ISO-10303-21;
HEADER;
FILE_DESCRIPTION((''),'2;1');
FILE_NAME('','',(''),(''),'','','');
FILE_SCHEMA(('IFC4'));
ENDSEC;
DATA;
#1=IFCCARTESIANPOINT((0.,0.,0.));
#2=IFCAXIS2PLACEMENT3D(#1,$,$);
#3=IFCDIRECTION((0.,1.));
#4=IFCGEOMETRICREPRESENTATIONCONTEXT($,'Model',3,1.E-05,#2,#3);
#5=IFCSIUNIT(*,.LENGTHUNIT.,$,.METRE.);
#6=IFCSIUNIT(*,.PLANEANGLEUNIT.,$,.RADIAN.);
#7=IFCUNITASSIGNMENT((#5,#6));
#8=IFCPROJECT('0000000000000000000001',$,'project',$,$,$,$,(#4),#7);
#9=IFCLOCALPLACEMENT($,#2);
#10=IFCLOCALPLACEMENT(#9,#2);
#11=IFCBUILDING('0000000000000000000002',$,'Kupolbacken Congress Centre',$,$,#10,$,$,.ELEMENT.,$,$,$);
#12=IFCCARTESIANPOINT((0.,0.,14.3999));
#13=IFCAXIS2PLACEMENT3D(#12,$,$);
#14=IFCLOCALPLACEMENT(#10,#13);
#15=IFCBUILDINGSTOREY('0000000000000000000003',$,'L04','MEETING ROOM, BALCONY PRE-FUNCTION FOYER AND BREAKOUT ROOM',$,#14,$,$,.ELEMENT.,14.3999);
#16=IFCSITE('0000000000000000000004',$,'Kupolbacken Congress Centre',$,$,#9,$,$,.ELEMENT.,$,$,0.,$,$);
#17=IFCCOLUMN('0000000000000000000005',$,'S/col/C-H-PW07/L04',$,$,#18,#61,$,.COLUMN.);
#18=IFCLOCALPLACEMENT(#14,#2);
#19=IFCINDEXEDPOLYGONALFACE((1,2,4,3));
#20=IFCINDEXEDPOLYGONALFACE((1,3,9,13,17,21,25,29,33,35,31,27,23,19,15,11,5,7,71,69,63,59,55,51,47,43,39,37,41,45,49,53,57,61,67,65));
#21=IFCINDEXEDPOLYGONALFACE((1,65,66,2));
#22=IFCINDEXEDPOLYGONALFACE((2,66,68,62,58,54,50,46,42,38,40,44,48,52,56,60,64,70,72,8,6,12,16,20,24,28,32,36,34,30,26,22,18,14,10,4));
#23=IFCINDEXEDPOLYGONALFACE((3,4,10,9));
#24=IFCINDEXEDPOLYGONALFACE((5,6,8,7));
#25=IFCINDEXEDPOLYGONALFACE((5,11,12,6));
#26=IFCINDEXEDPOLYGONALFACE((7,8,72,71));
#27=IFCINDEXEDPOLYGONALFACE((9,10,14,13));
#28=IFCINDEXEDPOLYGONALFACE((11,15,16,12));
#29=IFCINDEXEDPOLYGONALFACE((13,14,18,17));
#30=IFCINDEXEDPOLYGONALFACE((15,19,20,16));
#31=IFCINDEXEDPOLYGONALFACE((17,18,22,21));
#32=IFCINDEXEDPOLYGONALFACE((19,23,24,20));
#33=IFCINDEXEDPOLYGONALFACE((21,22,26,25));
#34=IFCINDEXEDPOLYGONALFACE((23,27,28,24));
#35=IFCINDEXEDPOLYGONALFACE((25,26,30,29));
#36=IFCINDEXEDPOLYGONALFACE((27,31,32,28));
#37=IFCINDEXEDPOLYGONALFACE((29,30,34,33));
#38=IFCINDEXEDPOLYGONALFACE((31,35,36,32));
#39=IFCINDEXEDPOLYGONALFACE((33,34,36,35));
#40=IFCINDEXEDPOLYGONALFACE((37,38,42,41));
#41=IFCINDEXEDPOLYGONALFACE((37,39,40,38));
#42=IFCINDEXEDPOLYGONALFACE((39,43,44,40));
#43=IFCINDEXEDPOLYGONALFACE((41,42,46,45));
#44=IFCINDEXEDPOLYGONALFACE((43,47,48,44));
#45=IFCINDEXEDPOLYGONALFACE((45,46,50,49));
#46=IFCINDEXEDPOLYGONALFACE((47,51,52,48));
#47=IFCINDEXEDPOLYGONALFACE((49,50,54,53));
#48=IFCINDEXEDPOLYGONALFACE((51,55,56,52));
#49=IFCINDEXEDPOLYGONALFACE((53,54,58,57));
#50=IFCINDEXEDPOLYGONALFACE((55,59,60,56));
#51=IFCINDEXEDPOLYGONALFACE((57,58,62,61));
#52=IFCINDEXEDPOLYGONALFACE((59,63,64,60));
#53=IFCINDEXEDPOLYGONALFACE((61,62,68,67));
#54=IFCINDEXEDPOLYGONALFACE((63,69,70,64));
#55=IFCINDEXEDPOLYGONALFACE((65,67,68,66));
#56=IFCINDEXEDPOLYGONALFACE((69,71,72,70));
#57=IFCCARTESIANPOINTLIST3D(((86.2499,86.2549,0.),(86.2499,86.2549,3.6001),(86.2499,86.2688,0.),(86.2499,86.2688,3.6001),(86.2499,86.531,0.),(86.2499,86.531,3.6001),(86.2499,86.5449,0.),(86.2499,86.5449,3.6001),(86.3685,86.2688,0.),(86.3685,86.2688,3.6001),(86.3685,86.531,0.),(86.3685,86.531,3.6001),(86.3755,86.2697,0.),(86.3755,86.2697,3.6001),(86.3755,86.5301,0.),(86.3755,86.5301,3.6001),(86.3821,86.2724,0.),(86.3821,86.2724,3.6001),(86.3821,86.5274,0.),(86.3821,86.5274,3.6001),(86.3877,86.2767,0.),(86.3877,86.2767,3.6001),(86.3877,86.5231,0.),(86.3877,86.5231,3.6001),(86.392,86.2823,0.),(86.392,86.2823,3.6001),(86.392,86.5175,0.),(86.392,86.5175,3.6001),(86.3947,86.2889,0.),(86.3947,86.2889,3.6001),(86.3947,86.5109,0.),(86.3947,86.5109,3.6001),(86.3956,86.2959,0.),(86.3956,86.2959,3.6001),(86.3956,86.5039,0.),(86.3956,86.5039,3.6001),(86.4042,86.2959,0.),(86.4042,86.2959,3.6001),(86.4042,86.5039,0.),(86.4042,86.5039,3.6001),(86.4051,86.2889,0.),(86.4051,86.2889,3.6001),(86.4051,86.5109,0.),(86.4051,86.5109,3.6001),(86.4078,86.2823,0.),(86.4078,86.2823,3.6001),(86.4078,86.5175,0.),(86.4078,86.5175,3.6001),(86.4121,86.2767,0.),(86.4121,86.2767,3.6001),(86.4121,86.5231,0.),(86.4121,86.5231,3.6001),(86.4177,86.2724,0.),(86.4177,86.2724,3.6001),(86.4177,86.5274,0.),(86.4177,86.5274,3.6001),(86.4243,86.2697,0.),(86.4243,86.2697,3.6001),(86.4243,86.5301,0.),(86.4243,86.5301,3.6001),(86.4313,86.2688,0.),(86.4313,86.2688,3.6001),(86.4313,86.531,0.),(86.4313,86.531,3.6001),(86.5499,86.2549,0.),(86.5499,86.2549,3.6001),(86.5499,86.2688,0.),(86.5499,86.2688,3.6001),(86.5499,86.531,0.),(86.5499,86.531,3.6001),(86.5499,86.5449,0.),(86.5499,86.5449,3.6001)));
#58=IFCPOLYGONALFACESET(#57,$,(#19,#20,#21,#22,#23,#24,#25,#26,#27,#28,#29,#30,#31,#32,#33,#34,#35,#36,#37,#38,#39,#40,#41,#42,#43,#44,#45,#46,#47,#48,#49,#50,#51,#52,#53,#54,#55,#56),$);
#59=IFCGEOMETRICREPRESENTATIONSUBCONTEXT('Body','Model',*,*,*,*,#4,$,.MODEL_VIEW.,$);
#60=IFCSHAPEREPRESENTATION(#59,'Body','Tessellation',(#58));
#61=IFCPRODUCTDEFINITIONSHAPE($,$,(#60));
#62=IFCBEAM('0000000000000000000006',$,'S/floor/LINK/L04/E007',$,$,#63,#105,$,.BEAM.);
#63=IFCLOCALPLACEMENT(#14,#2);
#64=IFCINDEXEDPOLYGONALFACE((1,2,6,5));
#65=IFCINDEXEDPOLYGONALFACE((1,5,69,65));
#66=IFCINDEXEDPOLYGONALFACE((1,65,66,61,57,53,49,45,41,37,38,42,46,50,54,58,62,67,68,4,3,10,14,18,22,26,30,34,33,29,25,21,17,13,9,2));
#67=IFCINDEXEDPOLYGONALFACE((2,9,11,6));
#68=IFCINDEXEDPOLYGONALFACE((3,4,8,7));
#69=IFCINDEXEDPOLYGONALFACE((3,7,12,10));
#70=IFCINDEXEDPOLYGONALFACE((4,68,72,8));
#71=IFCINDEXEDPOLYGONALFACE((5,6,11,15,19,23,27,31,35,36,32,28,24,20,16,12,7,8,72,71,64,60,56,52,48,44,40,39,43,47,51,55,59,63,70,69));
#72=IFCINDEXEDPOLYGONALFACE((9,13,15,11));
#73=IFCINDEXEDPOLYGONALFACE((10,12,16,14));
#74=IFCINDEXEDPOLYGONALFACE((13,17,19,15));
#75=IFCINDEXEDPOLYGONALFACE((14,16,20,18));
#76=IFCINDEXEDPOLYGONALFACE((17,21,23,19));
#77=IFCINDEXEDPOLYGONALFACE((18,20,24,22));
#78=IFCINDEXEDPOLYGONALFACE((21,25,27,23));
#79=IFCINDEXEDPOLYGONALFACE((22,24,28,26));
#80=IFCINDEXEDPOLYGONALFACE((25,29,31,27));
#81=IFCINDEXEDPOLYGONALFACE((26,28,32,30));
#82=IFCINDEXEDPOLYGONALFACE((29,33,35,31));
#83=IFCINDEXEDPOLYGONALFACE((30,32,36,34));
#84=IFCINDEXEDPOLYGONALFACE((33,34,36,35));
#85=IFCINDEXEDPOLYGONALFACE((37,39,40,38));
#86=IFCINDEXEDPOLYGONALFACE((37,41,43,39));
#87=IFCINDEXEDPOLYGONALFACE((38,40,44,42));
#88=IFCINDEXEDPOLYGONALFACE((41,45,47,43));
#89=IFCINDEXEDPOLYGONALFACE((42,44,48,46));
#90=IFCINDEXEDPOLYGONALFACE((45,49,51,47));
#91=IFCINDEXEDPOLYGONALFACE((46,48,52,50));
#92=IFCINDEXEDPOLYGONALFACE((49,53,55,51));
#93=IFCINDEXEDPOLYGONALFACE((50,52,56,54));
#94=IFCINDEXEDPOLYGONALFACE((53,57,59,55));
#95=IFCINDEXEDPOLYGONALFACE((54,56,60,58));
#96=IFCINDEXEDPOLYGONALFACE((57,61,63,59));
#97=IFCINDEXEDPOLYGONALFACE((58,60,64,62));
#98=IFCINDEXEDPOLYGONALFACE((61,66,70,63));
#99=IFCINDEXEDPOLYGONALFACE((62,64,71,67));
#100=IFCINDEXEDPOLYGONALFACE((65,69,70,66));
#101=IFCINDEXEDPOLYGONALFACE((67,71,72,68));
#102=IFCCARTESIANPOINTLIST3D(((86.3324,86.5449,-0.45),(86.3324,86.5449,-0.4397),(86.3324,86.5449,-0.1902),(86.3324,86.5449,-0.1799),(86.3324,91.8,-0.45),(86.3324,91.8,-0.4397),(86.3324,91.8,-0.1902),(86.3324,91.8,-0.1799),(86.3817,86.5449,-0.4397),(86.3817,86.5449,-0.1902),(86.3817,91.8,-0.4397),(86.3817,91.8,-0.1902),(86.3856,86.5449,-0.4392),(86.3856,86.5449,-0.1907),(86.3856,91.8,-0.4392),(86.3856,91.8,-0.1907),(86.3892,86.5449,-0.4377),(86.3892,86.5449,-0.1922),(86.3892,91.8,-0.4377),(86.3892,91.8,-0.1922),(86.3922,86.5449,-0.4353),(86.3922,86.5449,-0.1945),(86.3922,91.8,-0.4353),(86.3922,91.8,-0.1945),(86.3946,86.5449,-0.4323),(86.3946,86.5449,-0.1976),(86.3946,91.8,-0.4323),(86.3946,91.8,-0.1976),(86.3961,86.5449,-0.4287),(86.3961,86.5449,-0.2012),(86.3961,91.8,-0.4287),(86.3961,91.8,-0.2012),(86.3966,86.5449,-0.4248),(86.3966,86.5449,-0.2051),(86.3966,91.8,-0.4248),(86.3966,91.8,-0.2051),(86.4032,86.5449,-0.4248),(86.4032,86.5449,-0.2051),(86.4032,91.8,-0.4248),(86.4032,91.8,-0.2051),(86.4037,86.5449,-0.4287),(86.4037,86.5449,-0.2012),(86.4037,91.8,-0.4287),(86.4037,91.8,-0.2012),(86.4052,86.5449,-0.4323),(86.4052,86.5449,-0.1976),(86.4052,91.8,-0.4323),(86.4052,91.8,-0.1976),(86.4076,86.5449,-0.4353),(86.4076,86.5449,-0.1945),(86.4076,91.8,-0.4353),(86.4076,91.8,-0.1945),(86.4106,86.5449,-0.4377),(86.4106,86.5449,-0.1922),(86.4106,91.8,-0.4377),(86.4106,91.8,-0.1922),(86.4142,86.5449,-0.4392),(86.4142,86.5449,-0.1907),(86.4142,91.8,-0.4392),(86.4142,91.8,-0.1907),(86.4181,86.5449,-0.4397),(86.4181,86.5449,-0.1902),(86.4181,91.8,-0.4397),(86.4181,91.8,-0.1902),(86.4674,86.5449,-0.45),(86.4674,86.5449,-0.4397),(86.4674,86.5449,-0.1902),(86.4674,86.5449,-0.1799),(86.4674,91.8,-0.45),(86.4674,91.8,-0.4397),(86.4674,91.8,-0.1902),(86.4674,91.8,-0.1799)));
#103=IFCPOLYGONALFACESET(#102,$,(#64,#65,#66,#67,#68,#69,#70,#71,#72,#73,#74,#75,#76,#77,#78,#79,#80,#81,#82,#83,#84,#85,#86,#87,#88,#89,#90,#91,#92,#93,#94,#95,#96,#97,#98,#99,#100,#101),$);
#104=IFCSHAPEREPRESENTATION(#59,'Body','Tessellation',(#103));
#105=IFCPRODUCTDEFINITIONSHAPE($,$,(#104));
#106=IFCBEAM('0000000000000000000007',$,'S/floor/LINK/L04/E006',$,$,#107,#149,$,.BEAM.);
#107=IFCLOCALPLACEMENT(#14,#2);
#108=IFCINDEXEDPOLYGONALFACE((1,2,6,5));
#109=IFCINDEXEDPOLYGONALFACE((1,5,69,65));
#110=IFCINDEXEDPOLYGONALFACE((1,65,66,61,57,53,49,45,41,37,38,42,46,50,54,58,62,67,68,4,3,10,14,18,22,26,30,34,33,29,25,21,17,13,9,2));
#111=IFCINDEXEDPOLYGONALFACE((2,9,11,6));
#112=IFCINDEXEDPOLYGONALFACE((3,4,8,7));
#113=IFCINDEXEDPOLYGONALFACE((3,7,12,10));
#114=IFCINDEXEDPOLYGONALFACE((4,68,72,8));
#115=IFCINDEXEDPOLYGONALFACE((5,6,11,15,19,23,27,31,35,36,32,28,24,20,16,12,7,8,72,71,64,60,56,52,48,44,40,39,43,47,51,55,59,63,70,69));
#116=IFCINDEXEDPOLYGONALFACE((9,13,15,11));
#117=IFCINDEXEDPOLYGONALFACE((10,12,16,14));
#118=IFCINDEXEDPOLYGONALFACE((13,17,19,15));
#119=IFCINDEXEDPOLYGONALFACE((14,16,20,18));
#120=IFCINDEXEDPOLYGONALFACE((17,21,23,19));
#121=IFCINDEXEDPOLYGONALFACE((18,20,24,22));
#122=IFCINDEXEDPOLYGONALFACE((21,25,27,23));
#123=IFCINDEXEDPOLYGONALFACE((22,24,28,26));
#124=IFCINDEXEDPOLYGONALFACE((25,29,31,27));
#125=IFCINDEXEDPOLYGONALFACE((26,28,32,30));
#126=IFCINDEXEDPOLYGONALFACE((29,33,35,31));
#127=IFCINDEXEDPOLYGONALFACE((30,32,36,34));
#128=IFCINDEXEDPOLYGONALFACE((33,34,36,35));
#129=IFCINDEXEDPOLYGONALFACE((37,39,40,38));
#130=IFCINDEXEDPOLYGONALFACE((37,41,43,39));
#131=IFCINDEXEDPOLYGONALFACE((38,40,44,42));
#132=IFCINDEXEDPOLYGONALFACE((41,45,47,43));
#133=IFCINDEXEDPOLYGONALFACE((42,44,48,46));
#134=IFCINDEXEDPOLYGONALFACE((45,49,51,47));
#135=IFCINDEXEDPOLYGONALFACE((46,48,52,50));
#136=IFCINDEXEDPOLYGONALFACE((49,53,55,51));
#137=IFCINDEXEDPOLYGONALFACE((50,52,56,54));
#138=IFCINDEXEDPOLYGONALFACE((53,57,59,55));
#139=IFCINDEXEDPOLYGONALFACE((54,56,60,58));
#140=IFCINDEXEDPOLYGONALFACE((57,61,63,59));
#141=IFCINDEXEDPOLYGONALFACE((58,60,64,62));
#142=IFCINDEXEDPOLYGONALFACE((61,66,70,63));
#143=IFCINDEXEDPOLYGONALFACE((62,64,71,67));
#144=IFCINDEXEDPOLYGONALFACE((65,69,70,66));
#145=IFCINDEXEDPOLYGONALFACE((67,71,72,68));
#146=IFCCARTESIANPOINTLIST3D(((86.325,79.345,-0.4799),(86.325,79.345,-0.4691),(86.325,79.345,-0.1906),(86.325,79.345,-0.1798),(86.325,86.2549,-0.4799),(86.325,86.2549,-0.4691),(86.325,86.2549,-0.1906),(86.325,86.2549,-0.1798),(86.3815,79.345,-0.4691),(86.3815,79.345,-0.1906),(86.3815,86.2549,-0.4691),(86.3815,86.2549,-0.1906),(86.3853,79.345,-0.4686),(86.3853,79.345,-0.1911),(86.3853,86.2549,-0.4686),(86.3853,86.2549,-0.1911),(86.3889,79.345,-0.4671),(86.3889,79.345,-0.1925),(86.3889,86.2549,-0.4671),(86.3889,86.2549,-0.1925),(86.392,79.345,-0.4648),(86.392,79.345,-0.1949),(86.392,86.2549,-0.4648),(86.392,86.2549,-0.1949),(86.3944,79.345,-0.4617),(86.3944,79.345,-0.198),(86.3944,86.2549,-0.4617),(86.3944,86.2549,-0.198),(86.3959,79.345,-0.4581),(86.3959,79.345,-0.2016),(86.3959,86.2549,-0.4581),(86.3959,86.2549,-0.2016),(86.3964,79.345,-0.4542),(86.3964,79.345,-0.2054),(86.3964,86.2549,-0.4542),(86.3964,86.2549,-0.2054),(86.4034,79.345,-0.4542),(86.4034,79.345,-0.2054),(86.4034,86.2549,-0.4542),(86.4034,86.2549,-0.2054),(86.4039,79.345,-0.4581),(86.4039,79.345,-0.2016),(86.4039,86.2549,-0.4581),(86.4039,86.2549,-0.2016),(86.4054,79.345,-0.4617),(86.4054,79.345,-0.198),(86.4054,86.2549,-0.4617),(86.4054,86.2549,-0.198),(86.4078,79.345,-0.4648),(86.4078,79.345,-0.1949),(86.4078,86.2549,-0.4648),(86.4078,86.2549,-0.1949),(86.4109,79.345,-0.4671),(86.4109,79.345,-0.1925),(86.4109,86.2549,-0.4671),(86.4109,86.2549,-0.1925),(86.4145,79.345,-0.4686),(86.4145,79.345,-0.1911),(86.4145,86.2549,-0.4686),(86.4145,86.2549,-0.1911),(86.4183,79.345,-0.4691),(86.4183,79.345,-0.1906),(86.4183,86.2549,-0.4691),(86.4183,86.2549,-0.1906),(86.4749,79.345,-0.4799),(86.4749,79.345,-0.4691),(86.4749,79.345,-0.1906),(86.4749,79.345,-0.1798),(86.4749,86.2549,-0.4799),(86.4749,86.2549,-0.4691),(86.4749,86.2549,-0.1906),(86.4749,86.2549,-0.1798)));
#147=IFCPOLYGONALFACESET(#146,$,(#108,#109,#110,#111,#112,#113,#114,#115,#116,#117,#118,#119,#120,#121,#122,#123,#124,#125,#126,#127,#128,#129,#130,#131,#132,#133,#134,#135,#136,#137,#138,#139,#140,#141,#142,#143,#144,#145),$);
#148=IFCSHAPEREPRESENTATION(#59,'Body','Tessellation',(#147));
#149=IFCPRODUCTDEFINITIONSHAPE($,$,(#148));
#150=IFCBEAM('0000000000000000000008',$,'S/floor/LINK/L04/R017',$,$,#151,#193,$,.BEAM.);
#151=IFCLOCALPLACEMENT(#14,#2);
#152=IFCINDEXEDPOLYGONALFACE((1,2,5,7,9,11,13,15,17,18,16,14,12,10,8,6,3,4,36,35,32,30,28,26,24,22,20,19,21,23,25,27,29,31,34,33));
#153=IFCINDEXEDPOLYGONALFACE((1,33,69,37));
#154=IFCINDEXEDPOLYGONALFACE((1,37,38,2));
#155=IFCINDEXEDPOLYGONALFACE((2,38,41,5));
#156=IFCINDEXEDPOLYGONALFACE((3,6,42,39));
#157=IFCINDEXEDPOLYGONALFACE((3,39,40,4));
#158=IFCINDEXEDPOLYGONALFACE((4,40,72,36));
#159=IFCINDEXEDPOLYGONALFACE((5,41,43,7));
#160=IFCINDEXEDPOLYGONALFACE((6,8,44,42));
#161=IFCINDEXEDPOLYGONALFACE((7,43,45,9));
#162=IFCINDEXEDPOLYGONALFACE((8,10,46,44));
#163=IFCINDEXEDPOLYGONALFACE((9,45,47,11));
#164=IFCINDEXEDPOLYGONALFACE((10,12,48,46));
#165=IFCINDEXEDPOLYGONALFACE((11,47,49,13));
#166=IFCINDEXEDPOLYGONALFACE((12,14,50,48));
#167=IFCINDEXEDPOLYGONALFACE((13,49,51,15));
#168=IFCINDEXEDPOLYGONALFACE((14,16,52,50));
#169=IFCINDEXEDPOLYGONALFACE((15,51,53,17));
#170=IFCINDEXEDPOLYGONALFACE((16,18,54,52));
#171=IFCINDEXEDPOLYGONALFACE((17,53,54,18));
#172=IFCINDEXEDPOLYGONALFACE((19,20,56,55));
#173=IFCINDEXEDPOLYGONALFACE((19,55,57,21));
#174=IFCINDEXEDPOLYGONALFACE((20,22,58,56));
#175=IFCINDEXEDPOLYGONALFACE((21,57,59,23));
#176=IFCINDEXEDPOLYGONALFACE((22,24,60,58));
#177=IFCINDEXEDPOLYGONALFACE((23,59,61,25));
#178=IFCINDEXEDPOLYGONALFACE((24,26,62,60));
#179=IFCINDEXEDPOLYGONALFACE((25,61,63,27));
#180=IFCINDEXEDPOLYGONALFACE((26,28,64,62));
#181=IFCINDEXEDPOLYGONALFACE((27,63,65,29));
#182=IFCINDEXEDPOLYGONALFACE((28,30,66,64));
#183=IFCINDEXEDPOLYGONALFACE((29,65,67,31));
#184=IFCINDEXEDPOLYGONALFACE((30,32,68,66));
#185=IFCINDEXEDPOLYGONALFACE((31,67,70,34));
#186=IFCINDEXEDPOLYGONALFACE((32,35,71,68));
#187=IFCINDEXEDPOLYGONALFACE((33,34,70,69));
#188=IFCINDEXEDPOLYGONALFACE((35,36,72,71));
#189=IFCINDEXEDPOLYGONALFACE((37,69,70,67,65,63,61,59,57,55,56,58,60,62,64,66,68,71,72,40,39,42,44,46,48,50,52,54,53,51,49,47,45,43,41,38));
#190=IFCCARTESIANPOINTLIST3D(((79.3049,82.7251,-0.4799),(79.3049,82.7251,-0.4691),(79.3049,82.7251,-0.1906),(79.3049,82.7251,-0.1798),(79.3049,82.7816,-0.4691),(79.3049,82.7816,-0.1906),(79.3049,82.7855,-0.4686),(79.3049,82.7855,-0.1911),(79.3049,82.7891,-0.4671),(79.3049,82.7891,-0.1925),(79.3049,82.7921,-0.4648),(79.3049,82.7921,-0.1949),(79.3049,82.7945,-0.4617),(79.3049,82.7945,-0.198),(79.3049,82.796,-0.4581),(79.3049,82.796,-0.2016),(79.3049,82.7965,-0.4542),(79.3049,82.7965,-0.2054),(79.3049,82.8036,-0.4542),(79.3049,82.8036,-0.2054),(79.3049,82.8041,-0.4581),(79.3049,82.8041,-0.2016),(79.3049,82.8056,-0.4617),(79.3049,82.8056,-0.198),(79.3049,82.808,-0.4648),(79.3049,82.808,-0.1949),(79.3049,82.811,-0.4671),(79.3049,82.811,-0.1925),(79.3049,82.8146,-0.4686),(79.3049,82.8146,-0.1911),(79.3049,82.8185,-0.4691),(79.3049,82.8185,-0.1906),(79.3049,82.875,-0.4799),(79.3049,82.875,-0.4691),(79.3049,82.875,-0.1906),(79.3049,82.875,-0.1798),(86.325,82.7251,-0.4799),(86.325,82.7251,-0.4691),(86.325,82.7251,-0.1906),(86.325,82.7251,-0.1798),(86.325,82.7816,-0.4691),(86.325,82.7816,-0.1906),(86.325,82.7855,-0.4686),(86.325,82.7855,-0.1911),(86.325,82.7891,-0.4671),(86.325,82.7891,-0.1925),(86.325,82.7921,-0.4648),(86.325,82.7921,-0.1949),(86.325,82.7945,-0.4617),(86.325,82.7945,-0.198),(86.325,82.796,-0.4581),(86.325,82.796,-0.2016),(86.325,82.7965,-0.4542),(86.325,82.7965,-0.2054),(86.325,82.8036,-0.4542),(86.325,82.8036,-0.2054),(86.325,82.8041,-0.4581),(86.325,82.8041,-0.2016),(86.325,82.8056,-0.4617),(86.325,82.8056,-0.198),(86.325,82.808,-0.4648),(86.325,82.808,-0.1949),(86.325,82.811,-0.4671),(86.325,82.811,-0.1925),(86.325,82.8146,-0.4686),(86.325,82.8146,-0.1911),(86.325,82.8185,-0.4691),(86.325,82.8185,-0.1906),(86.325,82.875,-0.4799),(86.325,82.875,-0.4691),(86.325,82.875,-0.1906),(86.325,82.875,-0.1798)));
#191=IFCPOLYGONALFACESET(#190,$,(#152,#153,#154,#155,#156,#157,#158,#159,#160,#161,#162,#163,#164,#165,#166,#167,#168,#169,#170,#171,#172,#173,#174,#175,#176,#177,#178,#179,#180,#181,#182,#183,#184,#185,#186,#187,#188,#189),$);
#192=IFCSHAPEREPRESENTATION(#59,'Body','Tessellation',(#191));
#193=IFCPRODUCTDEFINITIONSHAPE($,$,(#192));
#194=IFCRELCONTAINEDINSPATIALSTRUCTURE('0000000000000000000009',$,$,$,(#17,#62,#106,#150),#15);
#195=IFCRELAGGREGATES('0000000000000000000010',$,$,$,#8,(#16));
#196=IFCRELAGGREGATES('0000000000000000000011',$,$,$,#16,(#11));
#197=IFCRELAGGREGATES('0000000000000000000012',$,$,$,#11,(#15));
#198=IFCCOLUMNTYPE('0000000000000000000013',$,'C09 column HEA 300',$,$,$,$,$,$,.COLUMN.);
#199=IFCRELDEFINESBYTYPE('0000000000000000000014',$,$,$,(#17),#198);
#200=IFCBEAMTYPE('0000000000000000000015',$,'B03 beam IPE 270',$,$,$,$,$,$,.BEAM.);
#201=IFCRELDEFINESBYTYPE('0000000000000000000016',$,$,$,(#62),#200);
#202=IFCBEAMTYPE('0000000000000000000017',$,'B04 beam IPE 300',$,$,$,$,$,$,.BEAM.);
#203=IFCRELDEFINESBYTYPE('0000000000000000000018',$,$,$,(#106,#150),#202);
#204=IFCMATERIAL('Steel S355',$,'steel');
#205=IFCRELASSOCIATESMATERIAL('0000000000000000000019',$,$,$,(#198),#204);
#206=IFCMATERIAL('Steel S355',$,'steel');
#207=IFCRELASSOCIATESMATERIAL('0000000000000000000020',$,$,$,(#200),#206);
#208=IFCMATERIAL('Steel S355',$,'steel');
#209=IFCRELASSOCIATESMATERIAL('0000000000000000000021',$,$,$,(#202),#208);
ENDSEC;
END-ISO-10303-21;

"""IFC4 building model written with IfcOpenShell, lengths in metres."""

from ifc_helpers import new_model, si_unit, direction, frame, origin, origin_2d, place, context, subcontext, project, spatial, i_section, extrude, material, material_profile, profile_set, type_object, element, save


model = new_model("IFC4")

# Units and contexts
model_context = context("Model", 3, precision=1e-05, world=origin(), true_north=direction((0.0, 1.0)))
body_context = subcontext(model_context, "Body", "Model", "MODEL_VIEW")
ifc_project = project(units=[si_unit("LENGTHUNIT", "METRE"), si_unit("PLANEANGLEUNIT", "RADIAN")], contexts=[model_context])

# Site, building, storey
site_placement = place(None, origin())
site = spatial("IfcSite", under=ifc_project, at=site_placement, Name="Kupolbacken Congress Centre", CompositionType="ELEMENT", RefElevation=0.0)
building_placement = place(site_placement, origin())
building = spatial("IfcBuilding", under=site, at=building_placement, Name="Kupolbacken Congress Centre", CompositionType="ELEMENT")
storey_placement = place(building_placement, frame((0.0, 0.0, 14.3999)))
storey = spatial("IfcBuildingStorey", under=building, at=storey_placement, Name="L04", Description="MEETING ROOM, BALCONY PRE-FUNCTION FOYER AND BREAKOUT ROOM", CompositionType="ELEMENT", Elevation=14.3999)

# Column
ifc_material_1 = material(Name="Steel S355", Category="steel")
ifc_material_profile_1 = material_profile(ifc_material_1, i_section(OverallWidth=0.3, OverallDepth=0.29, WebThickness=0.0085, FlangeThickness=0.0139, FilletRadius=0.0271, at=origin_2d()), Name="HEA 300")
ifc_profile_set_1 = profile_set([ifc_material_profile_1], Name="Steel S355")
column_type = type_object("IfcColumnType", Name="C09 column HEA 300", PredefinedType="COLUMN", material=ifc_profile_set_1)
column_placement = place(storey_placement, frame((86.3999, 86.3999, 0.0), z_axis=(0.0, 0.0, 1.0), x_axis=(1.0, 0.0, 0.0)))
element("IfcColumn", 1, at=column_placement, inside=storey, type_object=column_type, Name="S/col/C-H-PW07/L04", PredefinedType="COLUMN", context=body_context, shape_type="SweptSolid", body=[
    extrude(i_section(OverallWidth=0.3, OverallDepth=0.29, WebThickness=0.0085, FlangeThickness=0.0139, FilletRadius=0.0271, at=origin_2d()), origin(), (0.0, 0.0, 1.0), 3.6001),
])

# Beams
ifc_material_2 = material(Name="Steel S355", Category="steel")
ifc_material_profile_2 = material_profile(ifc_material_2, i_section(OverallWidth=0.135, OverallDepth=0.27, WebThickness=0.0066, FlangeThickness=0.0103, FilletRadius=0.0149, at=origin_2d()), Name="IPE 270")
ifc_profile_set_2 = profile_set([ifc_material_profile_2], Name="Steel S355")
beam_type_1 = type_object("IfcBeamType", Name="B03 beam IPE 270", PredefinedType="BEAM", material=ifc_profile_set_2)
beam_1_placement = place(storey_placement, frame((86.3999, 86.5449, -0.3149), z_axis=(0.0, 1.0, 0.0), x_axis=(-1.0, 0.0, 0.0)))
element("IfcBeam", 2, at=beam_1_placement, inside=storey, type_object=beam_type_1, Name="S/floor/LINK/L04/E007", PredefinedType="BEAM", context=body_context, shape_type="SweptSolid", body=[
    extrude(i_section(OverallWidth=0.135, OverallDepth=0.27, WebThickness=0.0066, FlangeThickness=0.0103, FilletRadius=0.0149, at=origin_2d()), origin(), (0.0, 0.0, 1.0), 5.2551),
])
ifc_material_3 = material(Name="Steel S355", Category="steel")
ifc_material_profile_3 = material_profile(ifc_material_3, i_section(OverallWidth=0.1499, OverallDepth=0.3, WebThickness=0.0071, FlangeThickness=0.0107, FilletRadius=0.0149, at=origin_2d()), Name="IPE 300")
ifc_profile_set_3 = profile_set([ifc_material_profile_3], Name="Steel S355")
beam_type_2 = type_object("IfcBeamType", Name="B04 beam IPE 300", PredefinedType="BEAM", material=ifc_profile_set_3)
beam_2_placement = place(storey_placement, frame((86.3999, 79.345, -0.3298), z_axis=(0.0, 1.0, 0.0), x_axis=(-1.0, 0.0, 0.0)))
element("IfcBeam", 3, at=beam_2_placement, inside=storey, type_object=beam_type_2, Name="S/floor/LINK/L04/E006", PredefinedType="BEAM", context=body_context, shape_type="SweptSolid", body=[
    extrude(i_section(OverallWidth=0.1499, OverallDepth=0.3, WebThickness=0.0071, FlangeThickness=0.0107, FilletRadius=0.0149, at=origin_2d()), origin(), (0.0, 0.0, 1.0), 6.9099),
])
beam_3_placement = place(storey_placement, frame((79.3049, 82.8, -0.3298), z_axis=(1.0, 0.0, 0.0), x_axis=(0.0, 1.0, 0.0)))
element("IfcBeam", 4, at=beam_3_placement, inside=storey, type_object=beam_type_2, Name="S/floor/LINK/L04/R017", PredefinedType="BEAM", context=body_context, shape_type="SweptSolid", body=[
    extrude(i_section(OverallWidth=0.1499, OverallDepth=0.3, WebThickness=0.0071, FlangeThickness=0.0107, FilletRadius=0.0149, at=origin_2d()), origin(), (0.0, 0.0, 1.0), 7.02),
])

save(model, "model.ifc")
